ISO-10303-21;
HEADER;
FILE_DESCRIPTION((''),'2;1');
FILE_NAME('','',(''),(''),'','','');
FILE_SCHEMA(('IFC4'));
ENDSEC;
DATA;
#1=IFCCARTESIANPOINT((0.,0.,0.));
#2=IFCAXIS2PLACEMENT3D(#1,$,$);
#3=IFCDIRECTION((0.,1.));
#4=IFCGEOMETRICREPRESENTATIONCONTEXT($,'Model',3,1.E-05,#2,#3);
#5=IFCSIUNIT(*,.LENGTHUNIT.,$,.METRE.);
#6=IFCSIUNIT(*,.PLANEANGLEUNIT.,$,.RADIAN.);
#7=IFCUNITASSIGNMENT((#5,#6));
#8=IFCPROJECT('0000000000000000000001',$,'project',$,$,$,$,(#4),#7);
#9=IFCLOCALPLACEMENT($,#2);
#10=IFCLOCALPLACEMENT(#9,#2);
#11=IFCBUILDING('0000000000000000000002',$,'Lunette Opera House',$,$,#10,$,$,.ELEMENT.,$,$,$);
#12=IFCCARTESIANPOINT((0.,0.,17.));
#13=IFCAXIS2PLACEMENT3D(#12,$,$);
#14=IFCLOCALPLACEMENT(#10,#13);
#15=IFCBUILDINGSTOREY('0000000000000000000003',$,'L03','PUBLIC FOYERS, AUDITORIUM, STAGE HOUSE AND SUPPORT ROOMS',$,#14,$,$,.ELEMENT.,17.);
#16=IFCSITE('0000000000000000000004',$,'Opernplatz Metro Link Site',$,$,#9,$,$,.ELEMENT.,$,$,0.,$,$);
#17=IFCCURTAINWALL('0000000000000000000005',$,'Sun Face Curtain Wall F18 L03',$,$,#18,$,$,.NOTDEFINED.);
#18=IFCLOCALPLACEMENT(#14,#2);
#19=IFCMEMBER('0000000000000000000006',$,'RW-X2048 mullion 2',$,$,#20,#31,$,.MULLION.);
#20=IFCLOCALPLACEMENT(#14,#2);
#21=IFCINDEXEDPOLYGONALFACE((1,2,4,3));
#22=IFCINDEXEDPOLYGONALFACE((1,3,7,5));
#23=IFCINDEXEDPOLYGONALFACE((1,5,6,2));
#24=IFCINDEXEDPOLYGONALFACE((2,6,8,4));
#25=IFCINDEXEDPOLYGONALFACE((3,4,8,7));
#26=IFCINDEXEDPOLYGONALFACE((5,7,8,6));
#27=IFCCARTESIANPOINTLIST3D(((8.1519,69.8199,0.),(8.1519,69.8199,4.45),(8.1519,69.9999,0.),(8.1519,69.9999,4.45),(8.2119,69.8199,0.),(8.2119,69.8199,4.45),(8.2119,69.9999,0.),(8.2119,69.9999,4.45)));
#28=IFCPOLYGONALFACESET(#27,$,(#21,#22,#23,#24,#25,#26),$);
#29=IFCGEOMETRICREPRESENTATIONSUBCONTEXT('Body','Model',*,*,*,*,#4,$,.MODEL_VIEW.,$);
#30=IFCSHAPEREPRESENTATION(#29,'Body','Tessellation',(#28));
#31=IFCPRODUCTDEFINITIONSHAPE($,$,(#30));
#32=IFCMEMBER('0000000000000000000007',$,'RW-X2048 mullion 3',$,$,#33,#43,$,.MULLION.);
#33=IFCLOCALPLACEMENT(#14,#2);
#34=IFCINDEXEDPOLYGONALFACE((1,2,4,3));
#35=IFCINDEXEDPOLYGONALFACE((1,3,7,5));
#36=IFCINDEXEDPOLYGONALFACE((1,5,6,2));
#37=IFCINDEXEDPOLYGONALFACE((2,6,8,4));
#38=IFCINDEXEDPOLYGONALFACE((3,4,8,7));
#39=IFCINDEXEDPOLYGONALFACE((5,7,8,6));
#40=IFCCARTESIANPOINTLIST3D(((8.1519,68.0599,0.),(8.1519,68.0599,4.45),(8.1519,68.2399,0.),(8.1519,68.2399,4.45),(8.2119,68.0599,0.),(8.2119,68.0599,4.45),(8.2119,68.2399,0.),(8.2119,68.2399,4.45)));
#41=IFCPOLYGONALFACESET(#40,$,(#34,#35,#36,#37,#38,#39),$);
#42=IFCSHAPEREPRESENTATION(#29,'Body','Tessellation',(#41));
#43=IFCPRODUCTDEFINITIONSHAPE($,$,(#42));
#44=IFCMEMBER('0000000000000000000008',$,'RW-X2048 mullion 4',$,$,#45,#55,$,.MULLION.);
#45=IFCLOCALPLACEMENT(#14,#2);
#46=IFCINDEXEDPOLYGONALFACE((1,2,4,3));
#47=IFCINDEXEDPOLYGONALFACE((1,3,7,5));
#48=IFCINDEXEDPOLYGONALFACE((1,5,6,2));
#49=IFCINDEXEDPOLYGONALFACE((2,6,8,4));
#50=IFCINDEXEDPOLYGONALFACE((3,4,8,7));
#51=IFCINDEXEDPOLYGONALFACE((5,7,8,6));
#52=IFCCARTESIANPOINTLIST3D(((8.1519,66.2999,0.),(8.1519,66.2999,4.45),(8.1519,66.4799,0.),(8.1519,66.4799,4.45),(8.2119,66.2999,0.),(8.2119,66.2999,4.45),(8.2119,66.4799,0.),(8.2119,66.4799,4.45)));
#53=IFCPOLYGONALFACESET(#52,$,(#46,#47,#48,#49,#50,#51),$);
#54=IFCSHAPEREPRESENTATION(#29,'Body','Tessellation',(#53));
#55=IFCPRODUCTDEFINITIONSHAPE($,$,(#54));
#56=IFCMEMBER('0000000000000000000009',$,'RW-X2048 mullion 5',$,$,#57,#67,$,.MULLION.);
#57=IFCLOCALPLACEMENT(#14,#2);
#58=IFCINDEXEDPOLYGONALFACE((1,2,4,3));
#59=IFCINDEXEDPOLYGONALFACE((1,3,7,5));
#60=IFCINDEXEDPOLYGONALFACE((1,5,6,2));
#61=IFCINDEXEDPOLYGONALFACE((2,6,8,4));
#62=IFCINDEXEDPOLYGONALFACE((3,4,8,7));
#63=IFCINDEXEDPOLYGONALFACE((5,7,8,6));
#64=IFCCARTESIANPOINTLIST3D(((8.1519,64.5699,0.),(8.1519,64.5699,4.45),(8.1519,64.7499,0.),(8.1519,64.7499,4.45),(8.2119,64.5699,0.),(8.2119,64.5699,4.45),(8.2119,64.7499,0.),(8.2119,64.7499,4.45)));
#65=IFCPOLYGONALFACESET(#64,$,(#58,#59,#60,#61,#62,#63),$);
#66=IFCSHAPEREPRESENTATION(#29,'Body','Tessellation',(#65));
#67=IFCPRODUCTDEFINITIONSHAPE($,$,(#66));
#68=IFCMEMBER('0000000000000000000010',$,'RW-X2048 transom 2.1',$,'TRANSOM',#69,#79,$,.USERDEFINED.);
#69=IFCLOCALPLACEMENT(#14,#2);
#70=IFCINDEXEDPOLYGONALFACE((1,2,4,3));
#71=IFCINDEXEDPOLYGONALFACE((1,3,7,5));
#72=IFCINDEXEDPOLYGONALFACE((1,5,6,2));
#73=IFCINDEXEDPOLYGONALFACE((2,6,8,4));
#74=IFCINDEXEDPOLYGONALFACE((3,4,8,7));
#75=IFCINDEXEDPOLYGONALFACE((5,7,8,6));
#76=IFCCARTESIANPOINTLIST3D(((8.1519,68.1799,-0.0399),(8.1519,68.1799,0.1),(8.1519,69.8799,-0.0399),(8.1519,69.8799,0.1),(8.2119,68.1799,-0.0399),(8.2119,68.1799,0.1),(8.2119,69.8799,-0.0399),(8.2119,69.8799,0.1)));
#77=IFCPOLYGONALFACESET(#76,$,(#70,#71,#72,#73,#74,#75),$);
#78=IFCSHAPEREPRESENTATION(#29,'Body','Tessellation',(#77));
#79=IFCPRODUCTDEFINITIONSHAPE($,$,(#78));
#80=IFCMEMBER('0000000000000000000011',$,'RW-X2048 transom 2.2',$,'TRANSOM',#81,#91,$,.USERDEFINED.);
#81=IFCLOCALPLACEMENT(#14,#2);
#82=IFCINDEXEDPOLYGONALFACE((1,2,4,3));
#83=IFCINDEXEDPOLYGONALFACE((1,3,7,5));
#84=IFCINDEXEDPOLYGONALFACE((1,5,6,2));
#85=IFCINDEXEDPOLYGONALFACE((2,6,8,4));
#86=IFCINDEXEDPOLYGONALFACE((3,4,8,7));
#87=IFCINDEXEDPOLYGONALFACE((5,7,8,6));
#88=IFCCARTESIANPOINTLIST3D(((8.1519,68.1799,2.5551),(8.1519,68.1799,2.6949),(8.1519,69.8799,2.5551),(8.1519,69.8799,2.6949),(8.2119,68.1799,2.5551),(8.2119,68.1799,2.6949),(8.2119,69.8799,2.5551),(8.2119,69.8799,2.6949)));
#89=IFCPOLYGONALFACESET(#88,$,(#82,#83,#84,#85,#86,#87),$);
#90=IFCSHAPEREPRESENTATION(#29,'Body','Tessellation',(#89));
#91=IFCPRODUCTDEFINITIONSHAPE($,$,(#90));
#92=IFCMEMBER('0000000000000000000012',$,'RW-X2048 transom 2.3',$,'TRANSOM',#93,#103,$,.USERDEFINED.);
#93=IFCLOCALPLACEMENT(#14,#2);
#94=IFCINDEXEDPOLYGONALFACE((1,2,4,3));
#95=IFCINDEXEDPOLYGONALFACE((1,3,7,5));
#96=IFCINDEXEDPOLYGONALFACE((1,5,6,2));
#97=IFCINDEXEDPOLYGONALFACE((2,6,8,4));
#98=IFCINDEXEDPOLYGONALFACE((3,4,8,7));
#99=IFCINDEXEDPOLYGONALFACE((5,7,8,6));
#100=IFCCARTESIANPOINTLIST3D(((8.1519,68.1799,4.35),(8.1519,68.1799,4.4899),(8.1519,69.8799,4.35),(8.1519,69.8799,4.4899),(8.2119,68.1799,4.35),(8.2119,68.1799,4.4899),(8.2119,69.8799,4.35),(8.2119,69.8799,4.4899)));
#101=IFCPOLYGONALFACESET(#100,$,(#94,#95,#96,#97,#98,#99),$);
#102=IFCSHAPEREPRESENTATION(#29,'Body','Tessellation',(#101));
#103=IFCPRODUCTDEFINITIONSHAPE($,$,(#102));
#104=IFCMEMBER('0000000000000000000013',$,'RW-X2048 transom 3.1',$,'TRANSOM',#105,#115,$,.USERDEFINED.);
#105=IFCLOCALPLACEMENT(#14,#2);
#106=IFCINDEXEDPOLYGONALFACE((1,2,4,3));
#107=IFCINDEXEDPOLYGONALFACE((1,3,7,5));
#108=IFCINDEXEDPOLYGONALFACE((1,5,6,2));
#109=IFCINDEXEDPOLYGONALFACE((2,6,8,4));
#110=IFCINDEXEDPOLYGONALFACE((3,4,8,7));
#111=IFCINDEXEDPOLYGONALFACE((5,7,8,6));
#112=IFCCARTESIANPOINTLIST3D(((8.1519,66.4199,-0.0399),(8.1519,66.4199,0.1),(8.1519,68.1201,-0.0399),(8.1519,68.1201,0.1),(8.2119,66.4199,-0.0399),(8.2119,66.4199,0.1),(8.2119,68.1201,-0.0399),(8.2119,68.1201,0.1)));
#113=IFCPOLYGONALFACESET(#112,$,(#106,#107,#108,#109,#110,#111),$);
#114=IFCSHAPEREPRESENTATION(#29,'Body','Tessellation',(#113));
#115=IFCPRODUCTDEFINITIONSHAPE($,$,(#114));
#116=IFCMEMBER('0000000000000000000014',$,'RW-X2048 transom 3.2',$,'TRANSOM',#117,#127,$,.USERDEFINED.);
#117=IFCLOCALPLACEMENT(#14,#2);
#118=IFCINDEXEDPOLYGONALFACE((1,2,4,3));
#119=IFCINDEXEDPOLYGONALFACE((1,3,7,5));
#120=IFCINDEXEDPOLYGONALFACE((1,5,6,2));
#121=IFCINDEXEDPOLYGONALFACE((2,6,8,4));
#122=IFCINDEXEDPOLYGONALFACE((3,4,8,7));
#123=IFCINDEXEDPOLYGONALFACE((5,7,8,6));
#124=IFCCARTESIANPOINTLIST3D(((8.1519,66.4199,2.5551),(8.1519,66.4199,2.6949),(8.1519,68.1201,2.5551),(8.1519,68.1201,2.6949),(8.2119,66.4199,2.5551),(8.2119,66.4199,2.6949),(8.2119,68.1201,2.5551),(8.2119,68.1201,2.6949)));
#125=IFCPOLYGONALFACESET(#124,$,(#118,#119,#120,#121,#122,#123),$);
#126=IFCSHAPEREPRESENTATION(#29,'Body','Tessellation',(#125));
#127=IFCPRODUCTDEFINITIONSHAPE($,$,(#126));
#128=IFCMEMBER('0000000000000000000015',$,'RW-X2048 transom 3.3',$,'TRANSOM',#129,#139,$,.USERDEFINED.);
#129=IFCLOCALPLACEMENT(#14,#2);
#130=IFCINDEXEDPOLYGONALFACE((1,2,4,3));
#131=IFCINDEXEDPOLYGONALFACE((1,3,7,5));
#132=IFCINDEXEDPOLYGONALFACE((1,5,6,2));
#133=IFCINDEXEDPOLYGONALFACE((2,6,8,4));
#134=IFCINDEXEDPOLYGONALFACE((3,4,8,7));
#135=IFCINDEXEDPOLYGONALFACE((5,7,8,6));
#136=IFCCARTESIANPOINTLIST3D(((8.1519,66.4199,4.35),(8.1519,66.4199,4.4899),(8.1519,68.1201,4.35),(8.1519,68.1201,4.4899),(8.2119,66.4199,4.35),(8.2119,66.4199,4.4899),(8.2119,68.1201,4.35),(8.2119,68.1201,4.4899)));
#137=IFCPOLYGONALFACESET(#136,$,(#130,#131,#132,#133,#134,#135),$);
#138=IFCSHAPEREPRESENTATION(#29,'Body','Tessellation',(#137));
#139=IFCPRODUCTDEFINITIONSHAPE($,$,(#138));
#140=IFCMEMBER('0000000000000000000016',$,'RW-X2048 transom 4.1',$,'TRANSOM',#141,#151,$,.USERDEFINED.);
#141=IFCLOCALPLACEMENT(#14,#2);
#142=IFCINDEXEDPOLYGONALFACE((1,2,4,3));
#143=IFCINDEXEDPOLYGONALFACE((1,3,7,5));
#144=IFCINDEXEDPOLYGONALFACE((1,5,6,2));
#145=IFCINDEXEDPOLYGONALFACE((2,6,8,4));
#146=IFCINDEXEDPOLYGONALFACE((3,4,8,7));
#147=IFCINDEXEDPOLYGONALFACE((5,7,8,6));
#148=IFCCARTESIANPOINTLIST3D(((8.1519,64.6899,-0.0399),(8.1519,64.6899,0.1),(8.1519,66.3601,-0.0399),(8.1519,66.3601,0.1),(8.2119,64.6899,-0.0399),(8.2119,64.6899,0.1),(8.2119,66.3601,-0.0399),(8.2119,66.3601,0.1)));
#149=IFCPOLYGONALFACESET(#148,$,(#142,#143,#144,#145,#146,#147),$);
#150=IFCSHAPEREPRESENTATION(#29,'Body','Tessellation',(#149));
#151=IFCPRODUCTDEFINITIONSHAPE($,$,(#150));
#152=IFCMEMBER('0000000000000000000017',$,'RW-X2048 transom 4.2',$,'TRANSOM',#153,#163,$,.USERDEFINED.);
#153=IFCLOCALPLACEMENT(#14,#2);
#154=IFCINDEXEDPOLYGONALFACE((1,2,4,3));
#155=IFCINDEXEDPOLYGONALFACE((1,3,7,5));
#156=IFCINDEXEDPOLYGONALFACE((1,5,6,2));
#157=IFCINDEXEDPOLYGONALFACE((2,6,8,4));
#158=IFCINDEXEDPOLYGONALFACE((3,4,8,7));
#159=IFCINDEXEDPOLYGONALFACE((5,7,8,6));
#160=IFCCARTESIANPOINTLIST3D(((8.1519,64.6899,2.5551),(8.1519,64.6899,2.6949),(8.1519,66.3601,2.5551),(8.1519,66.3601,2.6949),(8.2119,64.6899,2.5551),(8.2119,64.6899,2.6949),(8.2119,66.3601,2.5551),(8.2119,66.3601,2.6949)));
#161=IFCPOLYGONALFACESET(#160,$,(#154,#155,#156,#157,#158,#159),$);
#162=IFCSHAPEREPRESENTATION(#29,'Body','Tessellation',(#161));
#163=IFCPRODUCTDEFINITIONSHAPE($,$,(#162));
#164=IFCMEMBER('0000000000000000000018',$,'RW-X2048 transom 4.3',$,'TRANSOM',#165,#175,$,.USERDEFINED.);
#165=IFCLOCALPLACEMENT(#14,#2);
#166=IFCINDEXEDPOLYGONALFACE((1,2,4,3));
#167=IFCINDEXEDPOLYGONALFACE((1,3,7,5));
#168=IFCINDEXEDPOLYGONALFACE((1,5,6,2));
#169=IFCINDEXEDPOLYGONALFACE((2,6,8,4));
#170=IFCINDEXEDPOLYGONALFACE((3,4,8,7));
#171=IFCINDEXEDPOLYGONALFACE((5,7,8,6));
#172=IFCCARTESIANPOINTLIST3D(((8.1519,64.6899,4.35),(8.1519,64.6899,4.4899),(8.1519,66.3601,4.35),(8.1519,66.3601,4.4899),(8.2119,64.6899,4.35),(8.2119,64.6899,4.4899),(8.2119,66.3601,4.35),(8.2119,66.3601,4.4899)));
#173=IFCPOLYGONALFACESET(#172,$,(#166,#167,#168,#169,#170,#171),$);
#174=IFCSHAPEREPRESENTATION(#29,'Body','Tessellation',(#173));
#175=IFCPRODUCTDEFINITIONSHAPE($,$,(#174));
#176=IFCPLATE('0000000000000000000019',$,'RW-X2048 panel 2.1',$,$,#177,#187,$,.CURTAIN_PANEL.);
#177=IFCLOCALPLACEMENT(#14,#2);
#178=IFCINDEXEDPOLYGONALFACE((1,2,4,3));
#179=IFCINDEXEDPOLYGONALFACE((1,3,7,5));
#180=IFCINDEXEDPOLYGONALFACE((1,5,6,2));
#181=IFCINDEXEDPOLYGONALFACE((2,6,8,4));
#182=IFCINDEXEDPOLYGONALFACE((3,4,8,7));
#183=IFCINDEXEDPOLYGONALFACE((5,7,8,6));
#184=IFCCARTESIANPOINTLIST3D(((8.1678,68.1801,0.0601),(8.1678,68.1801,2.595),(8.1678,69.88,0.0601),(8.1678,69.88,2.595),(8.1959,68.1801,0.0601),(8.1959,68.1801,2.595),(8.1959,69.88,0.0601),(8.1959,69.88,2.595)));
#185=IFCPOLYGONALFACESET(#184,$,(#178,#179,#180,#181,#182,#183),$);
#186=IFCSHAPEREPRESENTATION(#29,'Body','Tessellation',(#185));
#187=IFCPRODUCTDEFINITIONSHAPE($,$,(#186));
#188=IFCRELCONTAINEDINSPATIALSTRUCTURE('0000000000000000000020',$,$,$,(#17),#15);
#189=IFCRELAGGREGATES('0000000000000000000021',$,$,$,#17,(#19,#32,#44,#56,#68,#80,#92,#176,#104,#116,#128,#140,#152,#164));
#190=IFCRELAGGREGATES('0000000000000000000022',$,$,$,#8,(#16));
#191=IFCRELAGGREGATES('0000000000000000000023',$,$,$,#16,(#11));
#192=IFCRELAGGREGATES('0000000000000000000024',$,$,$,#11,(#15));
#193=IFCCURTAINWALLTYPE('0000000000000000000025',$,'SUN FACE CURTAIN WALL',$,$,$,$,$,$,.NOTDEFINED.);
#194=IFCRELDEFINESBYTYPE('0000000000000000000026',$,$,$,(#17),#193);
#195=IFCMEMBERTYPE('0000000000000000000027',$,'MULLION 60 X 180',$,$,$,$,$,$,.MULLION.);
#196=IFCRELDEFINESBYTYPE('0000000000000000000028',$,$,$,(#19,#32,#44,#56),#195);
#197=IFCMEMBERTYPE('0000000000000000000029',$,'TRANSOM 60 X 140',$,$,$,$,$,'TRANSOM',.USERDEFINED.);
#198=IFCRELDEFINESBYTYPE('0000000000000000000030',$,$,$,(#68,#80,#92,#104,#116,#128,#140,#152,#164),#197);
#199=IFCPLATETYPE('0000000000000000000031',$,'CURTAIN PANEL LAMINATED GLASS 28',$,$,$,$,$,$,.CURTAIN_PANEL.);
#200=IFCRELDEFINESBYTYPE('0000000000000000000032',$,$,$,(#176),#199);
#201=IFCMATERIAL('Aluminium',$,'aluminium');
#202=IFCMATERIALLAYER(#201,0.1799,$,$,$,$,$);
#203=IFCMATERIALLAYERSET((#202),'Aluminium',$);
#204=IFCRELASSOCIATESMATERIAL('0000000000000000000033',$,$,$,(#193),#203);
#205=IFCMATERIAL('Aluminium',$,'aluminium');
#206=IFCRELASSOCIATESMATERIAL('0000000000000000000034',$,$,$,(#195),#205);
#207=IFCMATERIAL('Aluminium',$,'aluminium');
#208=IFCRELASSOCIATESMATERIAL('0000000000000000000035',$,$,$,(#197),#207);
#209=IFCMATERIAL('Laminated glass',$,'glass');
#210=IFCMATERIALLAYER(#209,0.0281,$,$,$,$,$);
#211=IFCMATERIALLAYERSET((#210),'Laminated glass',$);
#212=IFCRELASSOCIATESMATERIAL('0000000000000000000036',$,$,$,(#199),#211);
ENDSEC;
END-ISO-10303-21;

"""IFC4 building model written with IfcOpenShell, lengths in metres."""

from ifc_helpers import new_model, si_unit, direction, frame, origin, origin_2d, place, context, subcontext, project, spatial, rectangle, extrude, material, layer, layer_set, material_profile, profile_set, type_object, element, aggregate, save


model = new_model("IFC4")

# Units and contexts
model_context = context("Model", 3, precision=1e-05, world=origin(), true_north=direction((0.0, 1.0)))
body_context = subcontext(model_context, "Body", "Model", "MODEL_VIEW")
ifc_project = project(units=[si_unit("LENGTHUNIT", "METRE"), si_unit("PLANEANGLEUNIT", "RADIAN")], contexts=[model_context])

# Site, building, storey
site_placement = place(None, origin())
site = spatial("IfcSite", under=ifc_project, at=site_placement, Name="Opernplatz Metro Link Site", CompositionType="ELEMENT", RefElevation=0.0)
building_placement = place(site_placement, origin())
building = spatial("IfcBuilding", under=site, at=building_placement, Name="Lunette Opera House", CompositionType="ELEMENT")
storey_placement = place(building_placement, frame((0.0, 0.0, 17.0)))
storey = spatial("IfcBuildingStorey", under=building, at=storey_placement, Name="L03", Description="PUBLIC FOYERS, AUDITORIUM, STAGE HOUSE AND SUPPORT ROOMS", CompositionType="ELEMENT", Elevation=17.0)

# Curtain wall, members, plate
ifc_material_1 = material(Name="Aluminium", Category="aluminium")
ifc_layer_1 = layer(ifc_material_1, 0.1799)
ifc_layer_set_1 = layer_set([ifc_layer_1], Name="Aluminium")
curtain_wall_type = type_object("IfcCurtainWallType", Name="SUN FACE CURTAIN WALL", PredefinedType="NOTDEFINED", material=ifc_layer_set_1)
curtain_wall_placement = place(storey_placement, origin())
curtain_wall = element("IfcCurtainWall", 1, at=curtain_wall_placement, inside=storey, type_object=curtain_wall_type, Name="Sun Face Curtain Wall F18 L03", PredefinedType="NOTDEFINED")
ifc_material_2 = material(Name="Aluminium", Category="aluminium")
ifc_material_profile_1 = material_profile(ifc_material_2, rectangle(XDim=0.0601, YDim=0.1799, at=origin_2d()), Name="MULLION 60 X 180")
ifc_profile_set_1 = profile_set([ifc_material_profile_1], Name="Aluminium")
member_type_1 = type_object("IfcMemberType", Name="MULLION 60 X 180", PredefinedType="MULLION", material=ifc_profile_set_1)
member_1_placement = place(storey_placement, frame((8.1819, 69.9099, 0.0), z_axis=(0.0, 0.0, 1.0), x_axis=(1.0, 0.0, 0.0)))
member_1 = element("IfcMember", 2, at=member_1_placement, type_object=member_type_1, Name="RW-X2048 mullion 2", PredefinedType="MULLION", context=body_context, shape_type="SweptSolid", body=[
    extrude(rectangle(XDim=0.0601, YDim=0.1799, at=origin_2d()), origin(), (0.0, 0.0, 1.0), 4.45),
])
member_2_placement = place(storey_placement, frame((8.1819, 68.1499, 0.0), z_axis=(0.0, 0.0, 1.0), x_axis=(1.0, 0.0, 0.0)))
member_2 = element("IfcMember", 3, at=member_2_placement, type_object=member_type_1, Name="RW-X2048 mullion 3", PredefinedType="MULLION", context=body_context, shape_type="SweptSolid", body=[
    extrude(rectangle(XDim=0.0601, YDim=0.1799, at=origin_2d()), origin(), (0.0, 0.0, 1.0), 4.45),
])
member_3_placement = place(storey_placement, frame((8.1819, 66.3899, 0.0), z_axis=(0.0, 0.0, 1.0), x_axis=(1.0, 0.0, 0.0)))
member_3 = element("IfcMember", 4, at=member_3_placement, type_object=member_type_1, Name="RW-X2048 mullion 4", PredefinedType="MULLION", context=body_context, shape_type="SweptSolid", body=[
    extrude(rectangle(XDim=0.0601, YDim=0.1799, at=origin_2d()), origin(), (0.0, 0.0, 1.0), 4.45),
])
member_4_placement = place(storey_placement, frame((8.1819, 64.6599, 0.0), z_axis=(0.0, 0.0, 1.0), x_axis=(1.0, 0.0, 0.0)))
member_4 = element("IfcMember", 5, at=member_4_placement, type_object=member_type_1, Name="RW-X2048 mullion 5", PredefinedType="MULLION", context=body_context, shape_type="SweptSolid", body=[
    extrude(rectangle(XDim=0.0601, YDim=0.1799, at=origin_2d()), origin(), (0.0, 0.0, 1.0), 4.45),
])
ifc_material_3 = material(Name="Aluminium", Category="aluminium")
ifc_material_profile_2 = material_profile(ifc_material_3, rectangle(XDim=0.0601, YDim=0.1399, at=origin_2d()), Name="TRANSOM 60 X 140")
ifc_profile_set_2 = profile_set([ifc_material_profile_2], Name="Aluminium")
member_type_2 = type_object("IfcMemberType", Name="TRANSOM 60 X 140", ElementType="TRANSOM", PredefinedType="USERDEFINED", material=ifc_profile_set_2)
member_5_placement = place(storey_placement, frame((8.1819, 69.8799, 0.03), z_axis=(0.0, -1.0, 0.0), x_axis=(1.0, 0.0, 0.0)))
member_5 = element("IfcMember", 6, at=member_5_placement, type_object=member_type_2, Name="RW-X2048 transom 2.1", ObjectType="TRANSOM", PredefinedType="USERDEFINED", context=body_context, shape_type="SweptSolid", body=[
    extrude(rectangle(XDim=0.0601, YDim=0.1399, at=origin_2d()), origin(), (0.0, 0.0, 1.0), 1.7),
])
member_6_placement = place(storey_placement, frame((8.1819, 69.8799, 2.625), z_axis=(0.0, -1.0, 0.0), x_axis=(1.0, 0.0, 0.0)))
member_6 = element("IfcMember", 7, at=member_6_placement, type_object=member_type_2, Name="RW-X2048 transom 2.2", ObjectType="TRANSOM", PredefinedType="USERDEFINED", context=body_context, shape_type="SweptSolid", body=[
    extrude(rectangle(XDim=0.0601, YDim=0.1399, at=origin_2d()), origin(), (0.0, 0.0, 1.0), 1.7),
])
member_7_placement = place(storey_placement, frame((8.1819, 69.8799, 4.4199), z_axis=(0.0, -1.0, 0.0), x_axis=(1.0, 0.0, 0.0)))
member_7 = element("IfcMember", 8, at=member_7_placement, type_object=member_type_2, Name="RW-X2048 transom 2.3", ObjectType="TRANSOM", PredefinedType="USERDEFINED", context=body_context, shape_type="SweptSolid", body=[
    extrude(rectangle(XDim=0.0601, YDim=0.1399, at=origin_2d()), origin(), (0.0, 0.0, 1.0), 1.7),
])
member_8_placement = place(storey_placement, frame((8.1819, 68.1201, 0.03), z_axis=(0.0, -1.0, 0.0), x_axis=(1.0, 0.0, 0.0)))
member_8 = element("IfcMember", 9, at=member_8_placement, type_object=member_type_2, Name="RW-X2048 transom 3.1", ObjectType="TRANSOM", PredefinedType="USERDEFINED", context=body_context, shape_type="SweptSolid", body=[
    extrude(rectangle(XDim=0.0601, YDim=0.1399, at=origin_2d()), origin(), (0.0, 0.0, 1.0), 1.7002),
])
member_9_placement = place(storey_placement, frame((8.1819, 68.1201, 2.625), z_axis=(0.0, -1.0, 0.0), x_axis=(1.0, 0.0, 0.0)))
member_9 = element("IfcMember", 10, at=member_9_placement, type_object=member_type_2, Name="RW-X2048 transom 3.2", ObjectType="TRANSOM", PredefinedType="USERDEFINED", context=body_context, shape_type="SweptSolid", body=[
    extrude(rectangle(XDim=0.0601, YDim=0.1399, at=origin_2d()), origin(), (0.0, 0.0, 1.0), 1.7002),
])
member_10_placement = place(storey_placement, frame((8.1819, 68.1201, 4.4199), z_axis=(0.0, -1.0, 0.0), x_axis=(1.0, 0.0, 0.0)))
member_10 = element("IfcMember", 11, at=member_10_placement, type_object=member_type_2, Name="RW-X2048 transom 3.3", ObjectType="TRANSOM", PredefinedType="USERDEFINED", context=body_context, shape_type="SweptSolid", body=[
    extrude(rectangle(XDim=0.0601, YDim=0.1399, at=origin_2d()), origin(), (0.0, 0.0, 1.0), 1.7002),
])
member_11_placement = place(storey_placement, frame((8.1819, 66.3601, 0.03), z_axis=(0.0, -1.0, 0.0), x_axis=(1.0, 0.0, 0.0)))
member_11 = element("IfcMember", 12, at=member_11_placement, type_object=member_type_2, Name="RW-X2048 transom 4.1", ObjectType="TRANSOM", PredefinedType="USERDEFINED", context=body_context, shape_type="SweptSolid", body=[
    extrude(rectangle(XDim=0.0601, YDim=0.1399, at=origin_2d()), origin(), (0.0, 0.0, 1.0), 1.6702),
])
member_12_placement = place(storey_placement, frame((8.1819, 66.3601, 2.625), z_axis=(0.0, -1.0, 0.0), x_axis=(1.0, 0.0, 0.0)))
member_12 = element("IfcMember", 13, at=member_12_placement, type_object=member_type_2, Name="RW-X2048 transom 4.2", ObjectType="TRANSOM", PredefinedType="USERDEFINED", context=body_context, shape_type="SweptSolid", body=[
    extrude(rectangle(XDim=0.0601, YDim=0.1399, at=origin_2d()), origin(), (0.0, 0.0, 1.0), 1.6702),
])
member_13_placement = place(storey_placement, frame((8.1819, 66.3601, 4.4199), z_axis=(0.0, -1.0, 0.0), x_axis=(1.0, 0.0, 0.0)))
member_13 = element("IfcMember", 14, at=member_13_placement, type_object=member_type_2, Name="RW-X2048 transom 4.3", ObjectType="TRANSOM", PredefinedType="USERDEFINED", context=body_context, shape_type="SweptSolid", body=[
    extrude(rectangle(XDim=0.0601, YDim=0.1399, at=origin_2d()), origin(), (0.0, 0.0, 1.0), 1.6702),
])
ifc_material_4 = material(Name="Laminated glass", Category="glass")
ifc_layer_2 = layer(ifc_material_4, 0.0281)
ifc_layer_set_2 = layer_set([ifc_layer_2], Name="Laminated glass")
plate_type = type_object("IfcPlateType", Name="CURTAIN PANEL LAMINATED GLASS 28", PredefinedType="CURTAIN_PANEL", material=ifc_layer_set_2)
plate_1_placement = place(storey_placement, frame((8.1819, 69.03, 0.0601), z_axis=(0.0, 0.0, 1.0), x_axis=(0.0, -1.0, 0.0)))
plate_1 = element("IfcPlate", 15, at=plate_1_placement, type_object=plate_type, Name="RW-X2048 panel 2.1", PredefinedType="CURTAIN_PANEL", context=body_context, shape_type="SweptSolid", body=[
    extrude(rectangle(XDim=1.7, YDim=0.0281, at=origin_2d()), origin(), (0.0, 0.0, 1.0), 2.5349),
])
aggregate(curtain_wall, [member_1, member_2, member_3, member_4, member_5, member_6, member_7, plate_1, member_8, member_9, member_10, member_11, member_12, member_13])

save(model, "model.ifc")
